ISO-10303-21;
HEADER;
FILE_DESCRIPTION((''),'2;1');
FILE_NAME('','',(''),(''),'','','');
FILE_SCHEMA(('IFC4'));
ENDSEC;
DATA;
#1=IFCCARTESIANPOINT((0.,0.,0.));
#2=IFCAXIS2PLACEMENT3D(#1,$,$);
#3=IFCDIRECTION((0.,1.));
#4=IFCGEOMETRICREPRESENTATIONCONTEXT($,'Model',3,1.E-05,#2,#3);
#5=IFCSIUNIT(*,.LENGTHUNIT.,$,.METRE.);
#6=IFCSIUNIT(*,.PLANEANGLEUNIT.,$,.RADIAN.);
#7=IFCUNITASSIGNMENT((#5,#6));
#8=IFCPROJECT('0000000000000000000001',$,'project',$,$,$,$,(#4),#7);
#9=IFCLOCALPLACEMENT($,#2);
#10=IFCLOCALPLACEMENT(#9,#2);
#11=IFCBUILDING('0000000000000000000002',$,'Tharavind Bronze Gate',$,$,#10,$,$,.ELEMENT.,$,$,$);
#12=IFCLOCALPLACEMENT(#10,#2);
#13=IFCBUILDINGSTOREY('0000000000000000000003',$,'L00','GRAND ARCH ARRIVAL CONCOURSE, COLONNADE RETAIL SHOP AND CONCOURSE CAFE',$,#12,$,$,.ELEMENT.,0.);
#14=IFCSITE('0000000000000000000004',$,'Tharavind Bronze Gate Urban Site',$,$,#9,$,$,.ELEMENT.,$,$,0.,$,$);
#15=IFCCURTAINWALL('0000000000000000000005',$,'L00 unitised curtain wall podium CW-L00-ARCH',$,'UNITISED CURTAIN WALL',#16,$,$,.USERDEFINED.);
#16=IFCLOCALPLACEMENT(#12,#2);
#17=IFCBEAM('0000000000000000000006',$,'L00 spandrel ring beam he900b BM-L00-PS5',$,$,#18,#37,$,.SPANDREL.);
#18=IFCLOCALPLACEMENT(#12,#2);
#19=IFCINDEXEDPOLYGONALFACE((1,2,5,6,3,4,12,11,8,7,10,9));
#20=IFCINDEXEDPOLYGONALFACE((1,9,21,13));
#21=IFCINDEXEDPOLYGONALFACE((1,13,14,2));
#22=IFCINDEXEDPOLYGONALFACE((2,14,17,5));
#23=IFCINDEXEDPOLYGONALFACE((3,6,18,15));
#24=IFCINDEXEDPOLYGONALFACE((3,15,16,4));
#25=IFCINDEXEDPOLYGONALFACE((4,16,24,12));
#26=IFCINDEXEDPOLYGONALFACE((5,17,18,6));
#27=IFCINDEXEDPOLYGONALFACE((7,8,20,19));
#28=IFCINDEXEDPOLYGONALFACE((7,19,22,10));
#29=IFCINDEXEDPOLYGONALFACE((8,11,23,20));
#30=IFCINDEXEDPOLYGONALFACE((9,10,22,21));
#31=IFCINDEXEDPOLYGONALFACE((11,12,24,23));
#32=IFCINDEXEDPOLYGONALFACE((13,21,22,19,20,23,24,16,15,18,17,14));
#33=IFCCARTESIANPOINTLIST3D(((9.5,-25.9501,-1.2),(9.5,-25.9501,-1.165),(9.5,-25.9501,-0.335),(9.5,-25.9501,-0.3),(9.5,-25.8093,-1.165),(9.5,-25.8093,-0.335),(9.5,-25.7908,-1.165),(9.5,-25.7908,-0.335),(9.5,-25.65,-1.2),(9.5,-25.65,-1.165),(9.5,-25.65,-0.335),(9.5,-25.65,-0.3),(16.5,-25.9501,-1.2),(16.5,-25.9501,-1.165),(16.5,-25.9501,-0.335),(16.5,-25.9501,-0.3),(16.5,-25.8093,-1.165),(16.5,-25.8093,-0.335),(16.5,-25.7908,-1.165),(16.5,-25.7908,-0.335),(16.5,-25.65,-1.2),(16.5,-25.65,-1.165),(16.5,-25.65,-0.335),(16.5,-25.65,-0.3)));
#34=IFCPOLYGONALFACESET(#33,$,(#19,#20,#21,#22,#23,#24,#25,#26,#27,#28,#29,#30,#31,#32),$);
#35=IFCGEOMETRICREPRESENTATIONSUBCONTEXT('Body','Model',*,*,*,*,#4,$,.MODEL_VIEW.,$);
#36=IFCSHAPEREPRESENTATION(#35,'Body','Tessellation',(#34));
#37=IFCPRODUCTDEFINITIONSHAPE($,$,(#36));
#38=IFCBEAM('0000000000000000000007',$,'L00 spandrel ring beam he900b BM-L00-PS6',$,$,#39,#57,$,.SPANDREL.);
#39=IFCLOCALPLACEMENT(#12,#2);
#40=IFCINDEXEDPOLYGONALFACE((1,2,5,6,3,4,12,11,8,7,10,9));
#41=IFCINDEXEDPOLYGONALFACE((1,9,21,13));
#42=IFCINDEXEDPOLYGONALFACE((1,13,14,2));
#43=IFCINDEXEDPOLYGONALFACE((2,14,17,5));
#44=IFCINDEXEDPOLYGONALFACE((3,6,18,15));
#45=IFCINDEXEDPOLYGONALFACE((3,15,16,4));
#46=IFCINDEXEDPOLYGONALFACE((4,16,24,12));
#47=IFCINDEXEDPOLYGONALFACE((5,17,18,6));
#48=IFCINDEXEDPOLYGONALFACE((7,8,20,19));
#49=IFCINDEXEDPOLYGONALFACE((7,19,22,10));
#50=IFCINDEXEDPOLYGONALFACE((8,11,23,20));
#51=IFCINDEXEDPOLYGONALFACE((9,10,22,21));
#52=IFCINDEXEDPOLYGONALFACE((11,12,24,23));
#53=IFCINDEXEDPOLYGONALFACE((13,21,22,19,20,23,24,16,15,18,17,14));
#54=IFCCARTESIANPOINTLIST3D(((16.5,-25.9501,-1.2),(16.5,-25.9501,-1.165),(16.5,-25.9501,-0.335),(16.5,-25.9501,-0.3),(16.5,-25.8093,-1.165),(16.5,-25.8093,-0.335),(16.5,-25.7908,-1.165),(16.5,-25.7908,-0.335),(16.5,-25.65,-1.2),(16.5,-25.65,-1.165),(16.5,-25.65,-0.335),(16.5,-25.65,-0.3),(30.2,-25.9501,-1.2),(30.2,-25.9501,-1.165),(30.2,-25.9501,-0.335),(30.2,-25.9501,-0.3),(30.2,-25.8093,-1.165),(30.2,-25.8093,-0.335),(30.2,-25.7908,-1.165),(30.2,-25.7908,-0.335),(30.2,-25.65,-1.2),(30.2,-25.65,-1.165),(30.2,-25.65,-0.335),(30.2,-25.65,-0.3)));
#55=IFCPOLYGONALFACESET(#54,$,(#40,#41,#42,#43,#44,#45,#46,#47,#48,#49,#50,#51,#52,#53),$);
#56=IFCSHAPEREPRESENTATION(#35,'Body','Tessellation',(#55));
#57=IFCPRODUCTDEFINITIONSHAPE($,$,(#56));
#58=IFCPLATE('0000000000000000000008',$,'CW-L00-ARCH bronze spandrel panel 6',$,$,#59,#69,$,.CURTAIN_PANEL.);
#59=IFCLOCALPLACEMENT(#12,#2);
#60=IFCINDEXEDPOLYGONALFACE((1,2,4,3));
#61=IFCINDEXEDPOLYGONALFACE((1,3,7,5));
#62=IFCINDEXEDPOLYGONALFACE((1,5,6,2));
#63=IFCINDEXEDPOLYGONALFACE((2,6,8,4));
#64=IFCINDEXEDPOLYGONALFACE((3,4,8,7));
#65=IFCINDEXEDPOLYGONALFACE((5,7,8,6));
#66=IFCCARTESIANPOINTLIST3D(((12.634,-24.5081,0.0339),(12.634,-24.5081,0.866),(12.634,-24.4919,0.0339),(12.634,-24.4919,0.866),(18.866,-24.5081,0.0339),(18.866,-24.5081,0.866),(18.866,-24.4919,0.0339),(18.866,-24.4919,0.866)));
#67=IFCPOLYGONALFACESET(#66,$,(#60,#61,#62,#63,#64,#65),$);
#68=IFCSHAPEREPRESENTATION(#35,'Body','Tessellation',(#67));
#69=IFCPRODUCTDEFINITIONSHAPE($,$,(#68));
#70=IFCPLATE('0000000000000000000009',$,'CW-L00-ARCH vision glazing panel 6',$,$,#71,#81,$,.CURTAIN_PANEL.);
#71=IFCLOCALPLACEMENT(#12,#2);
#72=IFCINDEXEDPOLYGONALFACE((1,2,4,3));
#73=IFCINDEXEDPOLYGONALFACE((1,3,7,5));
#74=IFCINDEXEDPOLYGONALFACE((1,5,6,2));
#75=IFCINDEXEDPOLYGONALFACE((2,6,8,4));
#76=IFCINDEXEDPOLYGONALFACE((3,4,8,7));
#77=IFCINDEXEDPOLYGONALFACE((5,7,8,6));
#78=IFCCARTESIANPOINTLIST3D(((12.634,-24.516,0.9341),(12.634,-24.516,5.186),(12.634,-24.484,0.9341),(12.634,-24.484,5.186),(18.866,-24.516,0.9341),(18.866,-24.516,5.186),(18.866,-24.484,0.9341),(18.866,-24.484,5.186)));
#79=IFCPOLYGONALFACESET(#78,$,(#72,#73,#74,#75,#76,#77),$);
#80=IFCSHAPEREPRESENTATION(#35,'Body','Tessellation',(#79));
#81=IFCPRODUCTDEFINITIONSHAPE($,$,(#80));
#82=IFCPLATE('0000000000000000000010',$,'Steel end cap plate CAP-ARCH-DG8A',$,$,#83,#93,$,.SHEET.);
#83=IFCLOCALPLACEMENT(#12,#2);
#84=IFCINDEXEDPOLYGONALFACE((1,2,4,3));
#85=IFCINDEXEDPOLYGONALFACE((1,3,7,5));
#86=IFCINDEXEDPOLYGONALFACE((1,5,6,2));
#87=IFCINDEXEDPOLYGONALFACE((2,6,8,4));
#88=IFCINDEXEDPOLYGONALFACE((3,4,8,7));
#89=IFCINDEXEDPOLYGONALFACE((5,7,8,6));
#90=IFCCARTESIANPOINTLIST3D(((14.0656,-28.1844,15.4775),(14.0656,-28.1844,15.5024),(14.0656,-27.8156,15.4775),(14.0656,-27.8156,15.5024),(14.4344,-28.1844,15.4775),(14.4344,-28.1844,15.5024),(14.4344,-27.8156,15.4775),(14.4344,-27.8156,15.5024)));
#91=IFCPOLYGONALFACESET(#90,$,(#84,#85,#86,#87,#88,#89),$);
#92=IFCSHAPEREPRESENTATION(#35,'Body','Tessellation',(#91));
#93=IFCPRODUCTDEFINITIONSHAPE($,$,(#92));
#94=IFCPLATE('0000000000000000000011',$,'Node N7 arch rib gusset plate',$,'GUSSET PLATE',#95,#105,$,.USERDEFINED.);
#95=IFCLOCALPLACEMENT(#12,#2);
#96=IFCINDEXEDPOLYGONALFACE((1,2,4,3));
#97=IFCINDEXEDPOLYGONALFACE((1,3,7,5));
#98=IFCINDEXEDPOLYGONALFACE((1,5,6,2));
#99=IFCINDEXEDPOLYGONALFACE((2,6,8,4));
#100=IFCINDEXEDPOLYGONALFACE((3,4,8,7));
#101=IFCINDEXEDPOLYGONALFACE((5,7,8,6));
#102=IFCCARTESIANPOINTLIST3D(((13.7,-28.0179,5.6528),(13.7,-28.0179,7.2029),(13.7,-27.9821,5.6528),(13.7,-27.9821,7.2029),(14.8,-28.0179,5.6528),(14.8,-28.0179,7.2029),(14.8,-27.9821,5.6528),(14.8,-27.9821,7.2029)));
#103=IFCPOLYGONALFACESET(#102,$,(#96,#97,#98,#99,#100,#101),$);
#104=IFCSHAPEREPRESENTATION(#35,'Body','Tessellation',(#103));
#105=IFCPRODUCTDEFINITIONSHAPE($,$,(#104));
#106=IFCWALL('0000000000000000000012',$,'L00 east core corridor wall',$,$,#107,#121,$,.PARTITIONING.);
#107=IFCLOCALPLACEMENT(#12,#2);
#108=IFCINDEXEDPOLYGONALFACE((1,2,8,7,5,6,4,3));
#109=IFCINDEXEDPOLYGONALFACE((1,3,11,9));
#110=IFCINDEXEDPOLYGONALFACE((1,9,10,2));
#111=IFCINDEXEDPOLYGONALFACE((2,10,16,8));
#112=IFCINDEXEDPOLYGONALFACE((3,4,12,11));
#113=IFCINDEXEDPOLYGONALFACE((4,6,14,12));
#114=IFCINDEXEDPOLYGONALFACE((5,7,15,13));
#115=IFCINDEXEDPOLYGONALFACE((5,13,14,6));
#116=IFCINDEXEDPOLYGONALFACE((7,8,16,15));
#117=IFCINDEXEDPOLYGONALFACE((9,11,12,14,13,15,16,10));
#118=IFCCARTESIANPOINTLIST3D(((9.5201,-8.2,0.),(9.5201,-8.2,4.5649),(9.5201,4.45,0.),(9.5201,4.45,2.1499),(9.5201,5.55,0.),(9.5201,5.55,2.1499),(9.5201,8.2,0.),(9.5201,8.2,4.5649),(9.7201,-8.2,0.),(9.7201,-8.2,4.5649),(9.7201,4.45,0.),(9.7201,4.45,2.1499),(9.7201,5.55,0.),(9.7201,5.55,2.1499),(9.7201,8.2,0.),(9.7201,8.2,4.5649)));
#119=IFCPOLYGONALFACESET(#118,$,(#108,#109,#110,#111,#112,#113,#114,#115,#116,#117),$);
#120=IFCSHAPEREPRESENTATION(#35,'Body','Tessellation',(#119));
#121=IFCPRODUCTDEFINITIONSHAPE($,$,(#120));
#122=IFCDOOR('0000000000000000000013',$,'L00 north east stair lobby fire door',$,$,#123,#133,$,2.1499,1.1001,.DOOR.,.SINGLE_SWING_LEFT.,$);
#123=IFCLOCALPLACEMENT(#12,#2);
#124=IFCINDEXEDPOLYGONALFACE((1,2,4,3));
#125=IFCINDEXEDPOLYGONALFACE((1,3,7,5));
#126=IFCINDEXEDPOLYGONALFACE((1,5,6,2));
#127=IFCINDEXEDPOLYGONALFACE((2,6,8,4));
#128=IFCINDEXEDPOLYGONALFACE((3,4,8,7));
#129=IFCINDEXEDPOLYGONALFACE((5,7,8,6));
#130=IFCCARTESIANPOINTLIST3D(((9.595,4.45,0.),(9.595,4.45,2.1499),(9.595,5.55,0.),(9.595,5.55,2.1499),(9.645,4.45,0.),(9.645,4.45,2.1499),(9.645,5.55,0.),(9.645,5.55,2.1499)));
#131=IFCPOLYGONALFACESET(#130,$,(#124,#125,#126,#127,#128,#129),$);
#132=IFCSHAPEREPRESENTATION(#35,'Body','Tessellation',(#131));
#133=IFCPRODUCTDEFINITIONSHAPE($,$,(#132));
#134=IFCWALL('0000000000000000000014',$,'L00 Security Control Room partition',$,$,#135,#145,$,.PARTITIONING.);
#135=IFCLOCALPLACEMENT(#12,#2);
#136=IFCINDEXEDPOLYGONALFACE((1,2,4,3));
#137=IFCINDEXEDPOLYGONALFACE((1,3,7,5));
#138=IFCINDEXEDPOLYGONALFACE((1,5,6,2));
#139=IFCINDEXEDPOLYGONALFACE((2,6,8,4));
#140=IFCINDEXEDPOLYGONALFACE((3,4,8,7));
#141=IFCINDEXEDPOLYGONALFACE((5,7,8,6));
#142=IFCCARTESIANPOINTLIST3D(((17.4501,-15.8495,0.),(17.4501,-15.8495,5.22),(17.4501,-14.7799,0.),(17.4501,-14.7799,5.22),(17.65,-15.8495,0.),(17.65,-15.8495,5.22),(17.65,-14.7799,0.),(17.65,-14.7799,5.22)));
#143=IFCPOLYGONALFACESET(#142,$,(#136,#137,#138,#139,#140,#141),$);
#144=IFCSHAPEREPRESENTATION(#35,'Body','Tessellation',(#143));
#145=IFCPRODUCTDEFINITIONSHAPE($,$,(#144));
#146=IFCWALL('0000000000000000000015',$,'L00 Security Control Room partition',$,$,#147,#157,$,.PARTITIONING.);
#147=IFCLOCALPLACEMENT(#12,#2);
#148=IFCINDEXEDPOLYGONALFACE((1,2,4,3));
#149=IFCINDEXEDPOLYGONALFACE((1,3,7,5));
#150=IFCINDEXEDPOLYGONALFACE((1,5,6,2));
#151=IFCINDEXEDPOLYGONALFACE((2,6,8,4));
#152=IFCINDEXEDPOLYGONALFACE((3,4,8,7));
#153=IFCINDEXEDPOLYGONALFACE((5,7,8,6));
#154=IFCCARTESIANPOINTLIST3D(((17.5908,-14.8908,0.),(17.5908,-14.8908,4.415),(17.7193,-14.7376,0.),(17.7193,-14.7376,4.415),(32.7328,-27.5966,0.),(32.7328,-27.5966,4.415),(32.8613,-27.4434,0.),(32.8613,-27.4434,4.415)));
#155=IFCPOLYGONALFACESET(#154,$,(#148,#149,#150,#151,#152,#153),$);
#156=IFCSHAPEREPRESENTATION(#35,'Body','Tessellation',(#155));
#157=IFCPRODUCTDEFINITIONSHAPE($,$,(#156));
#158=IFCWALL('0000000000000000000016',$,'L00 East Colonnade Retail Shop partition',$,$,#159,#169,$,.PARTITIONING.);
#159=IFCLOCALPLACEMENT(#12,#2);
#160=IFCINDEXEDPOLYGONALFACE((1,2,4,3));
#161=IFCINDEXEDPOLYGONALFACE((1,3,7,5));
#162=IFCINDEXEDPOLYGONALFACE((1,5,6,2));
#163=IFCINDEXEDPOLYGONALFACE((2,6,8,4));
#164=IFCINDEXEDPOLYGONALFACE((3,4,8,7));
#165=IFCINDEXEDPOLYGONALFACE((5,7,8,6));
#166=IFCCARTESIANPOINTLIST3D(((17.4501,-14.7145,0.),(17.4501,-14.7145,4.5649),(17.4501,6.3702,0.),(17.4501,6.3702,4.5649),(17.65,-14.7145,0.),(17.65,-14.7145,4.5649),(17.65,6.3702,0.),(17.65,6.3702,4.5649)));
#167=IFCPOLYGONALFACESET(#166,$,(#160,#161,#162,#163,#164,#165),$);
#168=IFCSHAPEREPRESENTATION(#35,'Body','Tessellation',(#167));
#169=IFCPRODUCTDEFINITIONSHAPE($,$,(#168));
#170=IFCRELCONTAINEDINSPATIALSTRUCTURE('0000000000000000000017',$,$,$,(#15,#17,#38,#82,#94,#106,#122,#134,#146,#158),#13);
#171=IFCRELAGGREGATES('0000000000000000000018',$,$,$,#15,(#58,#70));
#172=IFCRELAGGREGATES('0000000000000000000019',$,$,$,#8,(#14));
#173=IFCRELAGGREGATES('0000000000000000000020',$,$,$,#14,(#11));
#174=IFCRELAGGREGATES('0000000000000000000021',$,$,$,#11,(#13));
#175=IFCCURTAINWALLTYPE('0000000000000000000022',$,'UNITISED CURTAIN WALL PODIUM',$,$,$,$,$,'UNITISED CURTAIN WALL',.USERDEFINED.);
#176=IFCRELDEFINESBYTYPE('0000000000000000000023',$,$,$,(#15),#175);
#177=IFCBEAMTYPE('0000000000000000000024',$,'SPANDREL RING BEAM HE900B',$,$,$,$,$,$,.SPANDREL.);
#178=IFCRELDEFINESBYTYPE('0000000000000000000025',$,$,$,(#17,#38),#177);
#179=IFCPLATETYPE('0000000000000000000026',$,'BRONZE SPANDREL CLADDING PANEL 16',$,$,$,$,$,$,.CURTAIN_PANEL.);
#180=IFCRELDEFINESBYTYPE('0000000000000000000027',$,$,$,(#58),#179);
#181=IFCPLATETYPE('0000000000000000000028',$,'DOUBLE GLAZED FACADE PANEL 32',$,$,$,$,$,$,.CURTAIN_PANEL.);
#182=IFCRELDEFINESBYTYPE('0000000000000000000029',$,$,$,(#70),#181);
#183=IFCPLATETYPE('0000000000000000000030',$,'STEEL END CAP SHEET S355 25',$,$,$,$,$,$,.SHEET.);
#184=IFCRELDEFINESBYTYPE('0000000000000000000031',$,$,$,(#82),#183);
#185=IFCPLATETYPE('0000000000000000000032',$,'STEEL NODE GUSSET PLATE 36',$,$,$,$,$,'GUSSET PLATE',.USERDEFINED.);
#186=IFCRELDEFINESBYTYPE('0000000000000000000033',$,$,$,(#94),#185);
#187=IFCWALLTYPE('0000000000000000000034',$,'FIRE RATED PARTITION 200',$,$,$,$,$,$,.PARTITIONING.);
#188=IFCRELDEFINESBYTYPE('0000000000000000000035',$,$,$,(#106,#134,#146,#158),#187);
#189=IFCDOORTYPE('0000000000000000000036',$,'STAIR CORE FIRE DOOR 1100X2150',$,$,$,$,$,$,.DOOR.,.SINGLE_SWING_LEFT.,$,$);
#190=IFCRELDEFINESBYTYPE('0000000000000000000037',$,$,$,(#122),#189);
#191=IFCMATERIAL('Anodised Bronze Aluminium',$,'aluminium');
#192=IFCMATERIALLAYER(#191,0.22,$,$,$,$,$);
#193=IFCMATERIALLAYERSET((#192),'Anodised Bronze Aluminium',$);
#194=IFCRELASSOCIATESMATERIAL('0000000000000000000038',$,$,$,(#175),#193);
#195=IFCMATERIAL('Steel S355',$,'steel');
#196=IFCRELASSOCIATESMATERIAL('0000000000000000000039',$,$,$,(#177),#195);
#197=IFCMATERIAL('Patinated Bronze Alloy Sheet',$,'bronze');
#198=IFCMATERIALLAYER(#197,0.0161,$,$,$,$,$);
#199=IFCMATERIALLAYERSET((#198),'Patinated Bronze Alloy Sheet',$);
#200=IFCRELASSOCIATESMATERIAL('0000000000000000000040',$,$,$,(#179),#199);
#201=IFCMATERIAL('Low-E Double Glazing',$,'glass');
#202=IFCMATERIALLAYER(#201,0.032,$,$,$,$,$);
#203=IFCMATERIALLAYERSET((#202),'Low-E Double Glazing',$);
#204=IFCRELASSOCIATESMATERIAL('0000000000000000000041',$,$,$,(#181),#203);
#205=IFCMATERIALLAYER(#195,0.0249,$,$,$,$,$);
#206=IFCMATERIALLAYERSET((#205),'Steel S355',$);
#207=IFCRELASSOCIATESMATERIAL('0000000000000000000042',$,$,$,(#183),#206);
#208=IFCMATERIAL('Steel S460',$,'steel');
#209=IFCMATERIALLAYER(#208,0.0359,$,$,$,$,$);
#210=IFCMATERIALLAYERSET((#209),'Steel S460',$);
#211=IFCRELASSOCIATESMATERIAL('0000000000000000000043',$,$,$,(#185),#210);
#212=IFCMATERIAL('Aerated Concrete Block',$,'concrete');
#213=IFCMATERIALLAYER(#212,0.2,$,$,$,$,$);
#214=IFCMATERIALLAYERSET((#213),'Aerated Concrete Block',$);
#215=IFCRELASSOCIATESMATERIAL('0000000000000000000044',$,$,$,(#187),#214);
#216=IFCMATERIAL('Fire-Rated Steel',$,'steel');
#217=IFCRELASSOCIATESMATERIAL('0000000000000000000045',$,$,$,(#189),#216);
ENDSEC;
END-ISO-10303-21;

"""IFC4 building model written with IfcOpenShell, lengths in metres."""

from ifc_helpers import new_model, si_unit, direction, frame, frame_2d, origin, origin_2d, place, context, subcontext, project, spatial, rectangle, i_section, extrude, material, layer, layer_set, material_profile, profile_set, type_object, element, fill, aggregate, save


model = new_model("IFC4")

# Units and contexts
model_context = context("Model", 3, precision=1e-05, world=origin(), true_north=direction((0.0, 1.0)))
body_context = subcontext(model_context, "Body", "Model", "MODEL_VIEW")
ifc_project = project(units=[si_unit("LENGTHUNIT", "METRE"), si_unit("PLANEANGLEUNIT", "RADIAN")], contexts=[model_context])

# Site, building, storey
site_placement = place(None, origin())
site = spatial("IfcSite", under=ifc_project, at=site_placement, Name="Tharavind Bronze Gate Urban Site", CompositionType="ELEMENT", RefElevation=0.0)
building_placement = place(site_placement, origin())
building = spatial("IfcBuilding", under=site, at=building_placement, Name="Tharavind Bronze Gate", CompositionType="ELEMENT")
storey_placement = place(building_placement, origin())
storey = spatial("IfcBuildingStorey", under=building, at=storey_placement, Name="L00", Description="GRAND ARCH ARRIVAL CONCOURSE, COLONNADE RETAIL SHOP AND CONCOURSE CAFE", CompositionType="ELEMENT", Elevation=0.0)

# Shared definitions
ifc_material_1 = material(Name="Steel S460", Category="steel")

# Curtain wall
ifc_material_2 = material(Name="Anodised Bronze Aluminium", Category="aluminium")
ifc_layer_1 = layer(ifc_material_2, 0.22)
ifc_layer_set_1 = layer_set([ifc_layer_1], Name="Anodised Bronze Aluminium")
curtain_wall_type = type_object("IfcCurtainWallType", Name="UNITISED CURTAIN WALL PODIUM", ElementType="UNITISED CURTAIN WALL", PredefinedType="USERDEFINED", material=ifc_layer_set_1)
curtain_wall_placement = place(storey_placement, origin())
curtain_wall = element("IfcCurtainWall", 1, at=curtain_wall_placement, inside=storey, type_object=curtain_wall_type, Name="L00 unitised curtain wall podium CW-L00-ARCH", ObjectType="UNITISED CURTAIN WALL", PredefinedType="USERDEFINED")

# Beams
ifc_material_3 = material(Name="Steel S355", Category="steel")
ifc_material_profile_1 = material_profile(ifc_material_3, i_section(OverallWidth=0.3, OverallDepth=0.8999, WebThickness=0.0186, FlangeThickness=0.0349, at=origin_2d()), Name="HE900B")
ifc_profile_set_1 = profile_set([ifc_material_profile_1], Name="Steel S355")
beam_type_1 = type_object("IfcBeamType", Name="SPANDREL RING BEAM HE900B", PredefinedType="SPANDREL", material=ifc_profile_set_1)
beam_1_placement = place(storey_placement, frame((9.5, -25.8, -0.75), z_axis=(1.0, 0.0, 0.0), x_axis=(0.0, 1.0, 0.0)))
element("IfcBeam", 2, at=beam_1_placement, inside=storey, type_object=beam_type_1, Name="L00 spandrel ring beam he900b BM-L00-PS5", PredefinedType="SPANDREL", context=body_context, shape_type="SweptSolid", body=[
    extrude(i_section(OverallWidth=0.3, OverallDepth=0.8999, WebThickness=0.0186, FlangeThickness=0.0349, at=origin_2d()), origin(), (0.0, 0.0, 1.0), 7.0),
])
beam_2_placement = place(storey_placement, frame((16.5, -25.8, -0.75), z_axis=(1.0, 0.0, 0.0), x_axis=(0.0, 1.0, 0.0)))
element("IfcBeam", 3, at=beam_2_placement, inside=storey, type_object=beam_type_1, Name="L00 spandrel ring beam he900b BM-L00-PS6", PredefinedType="SPANDREL", context=body_context, shape_type="SweptSolid", body=[
    extrude(i_section(OverallWidth=0.3, OverallDepth=0.8999, WebThickness=0.0186, FlangeThickness=0.0349, at=origin_2d()), origin(), (0.0, 0.0, 1.0), 13.7),
])

# Plates
ifc_material_4 = material(Name="Patinated Bronze Alloy Sheet", Category="bronze")
ifc_layer_2 = layer(ifc_material_4, 0.0161)
ifc_layer_set_2 = layer_set([ifc_layer_2], Name="Patinated Bronze Alloy Sheet")
plate_type_1 = type_object("IfcPlateType", Name="BRONZE SPANDREL CLADDING PANEL 16", PredefinedType="CURTAIN_PANEL", material=ifc_layer_set_2)
plate_1_placement = place(storey_placement, frame((15.75, -24.5, 0.0339), z_axis=(0.0, 0.0, 1.0), x_axis=(1.0, 0.0, 0.0)))
plate_1 = element("IfcPlate", 4, at=plate_1_placement, type_object=plate_type_1, Name="CW-L00-ARCH bronze spandrel panel 6", PredefinedType="CURTAIN_PANEL", context=body_context, shape_type="SweptSolid", body=[
    extrude(rectangle(XDim=6.2319, YDim=0.0161, at=origin_2d()), origin(), (0.0, 0.0, 1.0), 0.832),
])
ifc_material_5 = material(Name="Low-E Double Glazing", Category="glass")
ifc_layer_3 = layer(ifc_material_5, 0.032)
ifc_layer_set_3 = layer_set([ifc_layer_3], Name="Low-E Double Glazing")
plate_type_2 = type_object("IfcPlateType", Name="DOUBLE GLAZED FACADE PANEL 32", PredefinedType="CURTAIN_PANEL", material=ifc_layer_set_3)
plate_2_placement = place(storey_placement, frame((15.75, -24.5, 0.9341), z_axis=(0.0, 0.0, 1.0), x_axis=(1.0, 0.0, 0.0)))
plate_2 = element("IfcPlate", 5, at=plate_2_placement, type_object=plate_type_2, Name="CW-L00-ARCH vision glazing panel 6", PredefinedType="CURTAIN_PANEL", context=body_context, shape_type="SweptSolid", body=[
    extrude(rectangle(XDim=6.2319, YDim=0.032, at=origin_2d()), origin(), (0.0, 0.0, 1.0), 4.252),
])
aggregate(curtain_wall, [plate_1, plate_2])

# Plates
ifc_layer_4 = layer(ifc_material_3, 0.0249)
ifc_layer_set_4 = layer_set([ifc_layer_4], Name="Steel S355")
plate_type_3 = type_object("IfcPlateType", Name="STEEL END CAP SHEET S355 25", PredefinedType="SHEET", material=ifc_layer_set_4)
plate_3_placement = place(storey_placement, frame((14.25, -28.0, 15.4775), z_axis=(0.0, 0.0, 1.0), x_axis=(1.0, 0.0, 0.0)))
element("IfcPlate", 6, at=plate_3_placement, inside=storey, type_object=plate_type_3, Name="Steel end cap plate CAP-ARCH-DG8A", PredefinedType="SHEET", context=body_context, shape_type="SweptSolid", body=[
    extrude(rectangle(XDim=0.3689, YDim=0.3689, at=origin_2d()), origin(), (0.0, 0.0, 1.0), 0.0249),
])
ifc_layer_5 = layer(ifc_material_1, 0.0359)
ifc_layer_set_5 = layer_set([ifc_layer_5], Name="Steel S460")
plate_type_4 = type_object("IfcPlateType", Name="STEEL NODE GUSSET PLATE 36", ElementType="GUSSET PLATE", PredefinedType="USERDEFINED", material=ifc_layer_set_5)
plate_4_placement = place(storey_placement, frame((14.25, -28.0, 5.6528), z_axis=(0.0, 0.0, 1.0), x_axis=(1.0, 0.0, 0.0)))
element("IfcPlate", 7, at=plate_4_placement, inside=storey, type_object=plate_type_4, Name="Node N7 arch rib gusset plate", ObjectType="GUSSET PLATE", PredefinedType="USERDEFINED", context=body_context, shape_type="SweptSolid", body=[
    extrude(rectangle(XDim=1.1001, YDim=0.0359, at=origin_2d()), origin(), (0.0, 0.0, 1.0), 1.55),
])

# Wall, opening, door
ifc_material_6 = material(Name="Aerated Concrete Block", Category="concrete")
ifc_layer_6 = layer(ifc_material_6, 0.2)
ifc_layer_set_6 = layer_set([ifc_layer_6], Name="Aerated Concrete Block")
wall_type = type_object("IfcWallType", Name="FIRE RATED PARTITION 200", PredefinedType="PARTITIONING", material=ifc_layer_set_6)
wall_1_placement = place(storey_placement, frame((9.6201, -8.2, 0.0), z_axis=(0.0, 0.0, 1.0), x_axis=(0.0, 1.0, 0.0)))
wall_1 = element("IfcWall", 8, at=wall_1_placement, inside=storey, type_object=wall_type, Name="L00 east core corridor wall", PredefinedType="PARTITIONING", context=body_context, shape_type="SweptSolid", body=[
    extrude(rectangle(XDim=16.3999, YDim=0.2, at=frame_2d((8.2, 0.0))), origin(), (0.0, 0.0, 1.0), 4.5649),
])
opening_placement = place(wall_1_placement, frame((12.6499, 0.0, 0.0)))
opening = element("IfcOpeningElement", 9, at=opening_placement, cuts=wall_1, PredefinedType="OPENING", context=body_context, shape_type="SweptSolid", body=[
    extrude(rectangle(XDim=1.1001, YDim=2.1499, at=frame_2d((0.55, 1.075))), frame((0.0, 0.1101, 0.0), z_axis=(0.0, -1.0, 0.0), x_axis=(1.0, 0.0, 0.0)), (0.0, 0.0, 1.0), 0.22),
])
ifc_material_7 = material(Name="Fire-Rated Steel", Category="steel")
door_type = type_object("IfcDoorType", Name="STAIR CORE FIRE DOOR 1100X2150", OperationType="SINGLE_SWING_LEFT", PredefinedType="DOOR", material=ifc_material_7)
door_placement = place(opening_placement, frame((1.1001, 0.0, 0.0), z_axis=(0.0, 0.0, 1.0), x_axis=(-1.0, 0.0, 0.0)))
door = element("IfcDoor", 10, at=door_placement, inside=storey, type_object=door_type, Name="L00 north east stair lobby fire door", OperationType="SINGLE_SWING_LEFT", OverallHeight=2.1499, OverallWidth=1.1001, PredefinedType="DOOR", context=body_context, shape_type="SweptSolid", body=[
    extrude(rectangle(XDim=1.1001, YDim=2.1499, at=frame_2d((0.55, 1.075))), frame((0.0, 0.0249, 0.0), z_axis=(0.0, -1.0, 0.0), x_axis=(1.0, 0.0, 0.0)), (0.0, 0.0, 1.0), 0.05),
])
fill(opening, door)

# Walls
wall_2_placement = place(storey_placement, frame((17.55, -15.8494, 0.0), z_axis=(0.0, 0.0, 1.0), x_axis=(0.0, 1.0, 0.0)))
element("IfcWall", 11, at=wall_2_placement, inside=storey, type_object=wall_type, Name="L00 Security Control Room partition", PredefinedType="PARTITIONING", context=body_context, shape_type="SweptSolid", body=[
    extrude(rectangle(XDim=1.0696, YDim=0.2, at=frame_2d((0.5347, 0.0))), origin(), (0.0, 0.0, 1.0), 5.22),
])
wall_3_placement = place(storey_placement, frame((17.655, -14.8142, 0.0), z_axis=(0.0, 0.0, 1.0), x_axis=(0.766042, -0.64279, 0.0)))
element("IfcWall", 12, at=wall_3_placement, inside=storey, type_object=wall_type, Name="L00 Security Control Room partition", PredefinedType="PARTITIONING", context=body_context, shape_type="SweptSolid", body=[
    extrude(rectangle(XDim=19.7666, YDim=0.2, at=frame_2d((9.8833, 0.0))), origin(), (0.0, 0.0, 1.0), 4.415),
])
wall_4_placement = place(storey_placement, frame((17.55, -14.7146, 0.0), z_axis=(0.0, 0.0, 1.0), x_axis=(0.0, 1.0, 0.0)))
element("IfcWall", 13, at=wall_4_placement, inside=storey, type_object=wall_type, Name="L00 East Colonnade Retail Shop partition", PredefinedType="PARTITIONING", context=body_context, shape_type="SweptSolid", body=[
    extrude(rectangle(XDim=21.0847, YDim=0.2, at=frame_2d((10.5425, 0.0))), origin(), (0.0, 0.0, 1.0), 4.5649),
])

save(model, "model.ifc")
